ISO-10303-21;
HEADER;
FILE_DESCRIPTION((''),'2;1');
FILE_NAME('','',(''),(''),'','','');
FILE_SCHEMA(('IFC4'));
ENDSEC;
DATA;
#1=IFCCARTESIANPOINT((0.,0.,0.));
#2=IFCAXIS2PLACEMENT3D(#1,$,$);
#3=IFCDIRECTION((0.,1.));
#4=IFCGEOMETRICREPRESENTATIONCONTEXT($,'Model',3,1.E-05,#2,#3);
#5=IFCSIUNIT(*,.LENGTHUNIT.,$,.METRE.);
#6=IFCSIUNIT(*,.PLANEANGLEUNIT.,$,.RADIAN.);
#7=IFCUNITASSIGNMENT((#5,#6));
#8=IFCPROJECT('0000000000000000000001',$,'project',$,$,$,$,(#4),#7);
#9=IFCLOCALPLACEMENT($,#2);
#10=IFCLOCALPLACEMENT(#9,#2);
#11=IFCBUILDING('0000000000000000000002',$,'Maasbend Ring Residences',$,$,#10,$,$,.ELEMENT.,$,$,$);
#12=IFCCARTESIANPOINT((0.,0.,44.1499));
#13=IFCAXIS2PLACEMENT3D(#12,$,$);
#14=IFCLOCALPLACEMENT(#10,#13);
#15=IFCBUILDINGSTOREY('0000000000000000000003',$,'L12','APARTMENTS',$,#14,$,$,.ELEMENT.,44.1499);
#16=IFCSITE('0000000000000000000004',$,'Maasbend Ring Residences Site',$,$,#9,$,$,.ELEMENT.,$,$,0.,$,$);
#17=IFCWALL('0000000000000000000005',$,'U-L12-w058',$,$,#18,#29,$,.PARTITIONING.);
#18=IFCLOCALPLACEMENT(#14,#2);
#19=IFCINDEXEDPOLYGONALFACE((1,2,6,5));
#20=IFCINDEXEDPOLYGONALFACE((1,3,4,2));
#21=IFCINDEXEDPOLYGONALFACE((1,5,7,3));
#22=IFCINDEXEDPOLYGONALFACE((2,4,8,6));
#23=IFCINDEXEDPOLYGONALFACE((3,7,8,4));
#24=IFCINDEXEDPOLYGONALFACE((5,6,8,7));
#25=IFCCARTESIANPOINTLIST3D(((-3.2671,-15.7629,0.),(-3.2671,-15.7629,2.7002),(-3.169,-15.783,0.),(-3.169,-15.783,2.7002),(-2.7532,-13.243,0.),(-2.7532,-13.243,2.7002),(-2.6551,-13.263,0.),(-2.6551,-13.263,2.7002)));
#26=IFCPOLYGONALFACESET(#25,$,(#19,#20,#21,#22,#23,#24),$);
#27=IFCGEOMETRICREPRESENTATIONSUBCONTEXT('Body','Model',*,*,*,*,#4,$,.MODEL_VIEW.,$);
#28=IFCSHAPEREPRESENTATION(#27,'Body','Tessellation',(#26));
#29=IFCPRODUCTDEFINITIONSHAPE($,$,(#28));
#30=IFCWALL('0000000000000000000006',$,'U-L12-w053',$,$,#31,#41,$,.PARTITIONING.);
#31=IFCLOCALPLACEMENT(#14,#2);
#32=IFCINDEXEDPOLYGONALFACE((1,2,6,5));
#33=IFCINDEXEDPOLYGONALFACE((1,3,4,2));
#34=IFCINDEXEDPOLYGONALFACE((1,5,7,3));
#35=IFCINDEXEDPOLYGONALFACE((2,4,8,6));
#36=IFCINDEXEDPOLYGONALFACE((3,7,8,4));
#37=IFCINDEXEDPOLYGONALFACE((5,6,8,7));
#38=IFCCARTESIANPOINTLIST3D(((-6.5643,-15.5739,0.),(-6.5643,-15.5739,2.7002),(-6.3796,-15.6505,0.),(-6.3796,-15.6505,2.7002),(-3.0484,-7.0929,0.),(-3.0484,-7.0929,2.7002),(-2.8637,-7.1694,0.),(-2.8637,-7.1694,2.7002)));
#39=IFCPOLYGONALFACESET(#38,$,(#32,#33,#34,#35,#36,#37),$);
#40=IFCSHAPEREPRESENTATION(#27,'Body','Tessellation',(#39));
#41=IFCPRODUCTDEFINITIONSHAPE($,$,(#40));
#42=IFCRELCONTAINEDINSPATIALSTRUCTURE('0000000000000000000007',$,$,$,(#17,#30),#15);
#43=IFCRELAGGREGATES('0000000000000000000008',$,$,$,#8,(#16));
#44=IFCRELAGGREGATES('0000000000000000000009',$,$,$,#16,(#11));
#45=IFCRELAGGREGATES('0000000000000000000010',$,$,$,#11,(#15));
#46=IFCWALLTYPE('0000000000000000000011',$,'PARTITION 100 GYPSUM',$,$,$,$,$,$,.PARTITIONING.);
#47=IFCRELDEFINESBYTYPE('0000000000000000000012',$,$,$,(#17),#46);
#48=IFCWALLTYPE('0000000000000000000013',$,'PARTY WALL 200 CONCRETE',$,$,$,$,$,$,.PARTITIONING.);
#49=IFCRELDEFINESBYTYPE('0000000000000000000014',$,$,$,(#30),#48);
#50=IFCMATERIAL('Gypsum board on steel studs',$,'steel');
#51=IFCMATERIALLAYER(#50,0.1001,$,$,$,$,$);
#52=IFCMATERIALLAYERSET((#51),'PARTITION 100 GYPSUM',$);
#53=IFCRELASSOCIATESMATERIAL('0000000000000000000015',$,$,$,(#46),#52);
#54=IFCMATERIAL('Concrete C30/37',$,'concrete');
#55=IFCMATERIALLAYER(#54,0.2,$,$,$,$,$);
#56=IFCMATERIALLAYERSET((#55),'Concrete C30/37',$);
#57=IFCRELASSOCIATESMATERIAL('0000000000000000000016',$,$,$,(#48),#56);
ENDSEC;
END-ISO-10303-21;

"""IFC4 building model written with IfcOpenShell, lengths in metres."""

from ifc_helpers import new_model, si_unit, direction, frame, frame_2d, origin, place, context, subcontext, project, spatial, rectangle, extrude, material, layer, layer_set, type_object, element, save


model = new_model("IFC4")

# Units and contexts
model_context = context("Model", 3, precision=1e-05, world=origin(), true_north=direction((0.0, 1.0)))
body_context = subcontext(model_context, "Body", "Model", "MODEL_VIEW")
ifc_project = project(units=[si_unit("LENGTHUNIT", "METRE"), si_unit("PLANEANGLEUNIT", "RADIAN")], contexts=[model_context])

# Site, building, storey
site_placement = place(None, origin())
site = spatial("IfcSite", under=ifc_project, at=site_placement, Name="Maasbend Ring Residences Site", CompositionType="ELEMENT", RefElevation=0.0)
building_placement = place(site_placement, origin())
building = spatial("IfcBuilding", under=site, at=building_placement, Name="Maasbend Ring Residences", CompositionType="ELEMENT")
storey_placement = place(building_placement, frame((0.0, 0.0, 44.1499)))
storey = spatial("IfcBuildingStorey", under=building, at=storey_placement, Name="L12", Description="APARTMENTS", CompositionType="ELEMENT", Elevation=44.1499)

# Shared definitions
ifc_material_1 = material(Name="Gypsum board on steel studs", Category="steel")
ifc_layer_1 = layer(ifc_material_1, 0.1001)
ifc_layer_set_1 = layer_set([ifc_layer_1], Name="PARTITION 100 GYPSUM")
wall_type_1 = type_object("IfcWallType", Name="PARTITION 100 GYPSUM", PredefinedType="PARTITIONING", material=ifc_layer_set_1)

# Walls
wall_1_placement = place(storey_placement, frame((-3.218, -15.7729, 0.0), z_axis=(0.0, 0.0, 1.0), x_axis=(0.199821, 0.979833, 0.0)))
element("IfcWall", 1, at=wall_1_placement, inside=storey, type_object=wall_type_1, Name="U-L12-w058", PredefinedType="PARTITIONING", context=body_context, shape_type="SweptSolid", body=[
    extrude(rectangle(XDim=2.5718, YDim=0.1001, at=frame_2d((1.2859, 0.0))), origin(), (0.0, 0.0, 1.0), 2.7002),
])
ifc_material_2 = material(Name="Concrete C30/37", Category="concrete")
ifc_layer_2 = layer(ifc_material_2, 0.2)
ifc_layer_set_2 = layer_set([ifc_layer_2], Name="Concrete C30/37")
wall_type_2 = type_object("IfcWallType", Name="PARTY WALL 200 CONCRETE", PredefinedType="PARTITIONING", material=ifc_layer_set_2)
wall_2_placement = place(storey_placement, frame((-6.4719, -15.6121, 0.0), z_axis=(0.0, 0.0, 1.0), x_axis=(0.382957, 0.923766, 0.0)))
element("IfcWall", 2, at=wall_2_placement, inside=storey, type_object=wall_type_2, Name="U-L12-w053", PredefinedType="PARTITIONING", context=body_context, shape_type="SweptSolid", body=[
    extrude(rectangle(XDim=9.1809, YDim=0.2, at=frame_2d((4.5903, 0.0))), origin(), (0.0, 0.0, 1.0), 2.7002),
])

save(model, "model.ifc")
